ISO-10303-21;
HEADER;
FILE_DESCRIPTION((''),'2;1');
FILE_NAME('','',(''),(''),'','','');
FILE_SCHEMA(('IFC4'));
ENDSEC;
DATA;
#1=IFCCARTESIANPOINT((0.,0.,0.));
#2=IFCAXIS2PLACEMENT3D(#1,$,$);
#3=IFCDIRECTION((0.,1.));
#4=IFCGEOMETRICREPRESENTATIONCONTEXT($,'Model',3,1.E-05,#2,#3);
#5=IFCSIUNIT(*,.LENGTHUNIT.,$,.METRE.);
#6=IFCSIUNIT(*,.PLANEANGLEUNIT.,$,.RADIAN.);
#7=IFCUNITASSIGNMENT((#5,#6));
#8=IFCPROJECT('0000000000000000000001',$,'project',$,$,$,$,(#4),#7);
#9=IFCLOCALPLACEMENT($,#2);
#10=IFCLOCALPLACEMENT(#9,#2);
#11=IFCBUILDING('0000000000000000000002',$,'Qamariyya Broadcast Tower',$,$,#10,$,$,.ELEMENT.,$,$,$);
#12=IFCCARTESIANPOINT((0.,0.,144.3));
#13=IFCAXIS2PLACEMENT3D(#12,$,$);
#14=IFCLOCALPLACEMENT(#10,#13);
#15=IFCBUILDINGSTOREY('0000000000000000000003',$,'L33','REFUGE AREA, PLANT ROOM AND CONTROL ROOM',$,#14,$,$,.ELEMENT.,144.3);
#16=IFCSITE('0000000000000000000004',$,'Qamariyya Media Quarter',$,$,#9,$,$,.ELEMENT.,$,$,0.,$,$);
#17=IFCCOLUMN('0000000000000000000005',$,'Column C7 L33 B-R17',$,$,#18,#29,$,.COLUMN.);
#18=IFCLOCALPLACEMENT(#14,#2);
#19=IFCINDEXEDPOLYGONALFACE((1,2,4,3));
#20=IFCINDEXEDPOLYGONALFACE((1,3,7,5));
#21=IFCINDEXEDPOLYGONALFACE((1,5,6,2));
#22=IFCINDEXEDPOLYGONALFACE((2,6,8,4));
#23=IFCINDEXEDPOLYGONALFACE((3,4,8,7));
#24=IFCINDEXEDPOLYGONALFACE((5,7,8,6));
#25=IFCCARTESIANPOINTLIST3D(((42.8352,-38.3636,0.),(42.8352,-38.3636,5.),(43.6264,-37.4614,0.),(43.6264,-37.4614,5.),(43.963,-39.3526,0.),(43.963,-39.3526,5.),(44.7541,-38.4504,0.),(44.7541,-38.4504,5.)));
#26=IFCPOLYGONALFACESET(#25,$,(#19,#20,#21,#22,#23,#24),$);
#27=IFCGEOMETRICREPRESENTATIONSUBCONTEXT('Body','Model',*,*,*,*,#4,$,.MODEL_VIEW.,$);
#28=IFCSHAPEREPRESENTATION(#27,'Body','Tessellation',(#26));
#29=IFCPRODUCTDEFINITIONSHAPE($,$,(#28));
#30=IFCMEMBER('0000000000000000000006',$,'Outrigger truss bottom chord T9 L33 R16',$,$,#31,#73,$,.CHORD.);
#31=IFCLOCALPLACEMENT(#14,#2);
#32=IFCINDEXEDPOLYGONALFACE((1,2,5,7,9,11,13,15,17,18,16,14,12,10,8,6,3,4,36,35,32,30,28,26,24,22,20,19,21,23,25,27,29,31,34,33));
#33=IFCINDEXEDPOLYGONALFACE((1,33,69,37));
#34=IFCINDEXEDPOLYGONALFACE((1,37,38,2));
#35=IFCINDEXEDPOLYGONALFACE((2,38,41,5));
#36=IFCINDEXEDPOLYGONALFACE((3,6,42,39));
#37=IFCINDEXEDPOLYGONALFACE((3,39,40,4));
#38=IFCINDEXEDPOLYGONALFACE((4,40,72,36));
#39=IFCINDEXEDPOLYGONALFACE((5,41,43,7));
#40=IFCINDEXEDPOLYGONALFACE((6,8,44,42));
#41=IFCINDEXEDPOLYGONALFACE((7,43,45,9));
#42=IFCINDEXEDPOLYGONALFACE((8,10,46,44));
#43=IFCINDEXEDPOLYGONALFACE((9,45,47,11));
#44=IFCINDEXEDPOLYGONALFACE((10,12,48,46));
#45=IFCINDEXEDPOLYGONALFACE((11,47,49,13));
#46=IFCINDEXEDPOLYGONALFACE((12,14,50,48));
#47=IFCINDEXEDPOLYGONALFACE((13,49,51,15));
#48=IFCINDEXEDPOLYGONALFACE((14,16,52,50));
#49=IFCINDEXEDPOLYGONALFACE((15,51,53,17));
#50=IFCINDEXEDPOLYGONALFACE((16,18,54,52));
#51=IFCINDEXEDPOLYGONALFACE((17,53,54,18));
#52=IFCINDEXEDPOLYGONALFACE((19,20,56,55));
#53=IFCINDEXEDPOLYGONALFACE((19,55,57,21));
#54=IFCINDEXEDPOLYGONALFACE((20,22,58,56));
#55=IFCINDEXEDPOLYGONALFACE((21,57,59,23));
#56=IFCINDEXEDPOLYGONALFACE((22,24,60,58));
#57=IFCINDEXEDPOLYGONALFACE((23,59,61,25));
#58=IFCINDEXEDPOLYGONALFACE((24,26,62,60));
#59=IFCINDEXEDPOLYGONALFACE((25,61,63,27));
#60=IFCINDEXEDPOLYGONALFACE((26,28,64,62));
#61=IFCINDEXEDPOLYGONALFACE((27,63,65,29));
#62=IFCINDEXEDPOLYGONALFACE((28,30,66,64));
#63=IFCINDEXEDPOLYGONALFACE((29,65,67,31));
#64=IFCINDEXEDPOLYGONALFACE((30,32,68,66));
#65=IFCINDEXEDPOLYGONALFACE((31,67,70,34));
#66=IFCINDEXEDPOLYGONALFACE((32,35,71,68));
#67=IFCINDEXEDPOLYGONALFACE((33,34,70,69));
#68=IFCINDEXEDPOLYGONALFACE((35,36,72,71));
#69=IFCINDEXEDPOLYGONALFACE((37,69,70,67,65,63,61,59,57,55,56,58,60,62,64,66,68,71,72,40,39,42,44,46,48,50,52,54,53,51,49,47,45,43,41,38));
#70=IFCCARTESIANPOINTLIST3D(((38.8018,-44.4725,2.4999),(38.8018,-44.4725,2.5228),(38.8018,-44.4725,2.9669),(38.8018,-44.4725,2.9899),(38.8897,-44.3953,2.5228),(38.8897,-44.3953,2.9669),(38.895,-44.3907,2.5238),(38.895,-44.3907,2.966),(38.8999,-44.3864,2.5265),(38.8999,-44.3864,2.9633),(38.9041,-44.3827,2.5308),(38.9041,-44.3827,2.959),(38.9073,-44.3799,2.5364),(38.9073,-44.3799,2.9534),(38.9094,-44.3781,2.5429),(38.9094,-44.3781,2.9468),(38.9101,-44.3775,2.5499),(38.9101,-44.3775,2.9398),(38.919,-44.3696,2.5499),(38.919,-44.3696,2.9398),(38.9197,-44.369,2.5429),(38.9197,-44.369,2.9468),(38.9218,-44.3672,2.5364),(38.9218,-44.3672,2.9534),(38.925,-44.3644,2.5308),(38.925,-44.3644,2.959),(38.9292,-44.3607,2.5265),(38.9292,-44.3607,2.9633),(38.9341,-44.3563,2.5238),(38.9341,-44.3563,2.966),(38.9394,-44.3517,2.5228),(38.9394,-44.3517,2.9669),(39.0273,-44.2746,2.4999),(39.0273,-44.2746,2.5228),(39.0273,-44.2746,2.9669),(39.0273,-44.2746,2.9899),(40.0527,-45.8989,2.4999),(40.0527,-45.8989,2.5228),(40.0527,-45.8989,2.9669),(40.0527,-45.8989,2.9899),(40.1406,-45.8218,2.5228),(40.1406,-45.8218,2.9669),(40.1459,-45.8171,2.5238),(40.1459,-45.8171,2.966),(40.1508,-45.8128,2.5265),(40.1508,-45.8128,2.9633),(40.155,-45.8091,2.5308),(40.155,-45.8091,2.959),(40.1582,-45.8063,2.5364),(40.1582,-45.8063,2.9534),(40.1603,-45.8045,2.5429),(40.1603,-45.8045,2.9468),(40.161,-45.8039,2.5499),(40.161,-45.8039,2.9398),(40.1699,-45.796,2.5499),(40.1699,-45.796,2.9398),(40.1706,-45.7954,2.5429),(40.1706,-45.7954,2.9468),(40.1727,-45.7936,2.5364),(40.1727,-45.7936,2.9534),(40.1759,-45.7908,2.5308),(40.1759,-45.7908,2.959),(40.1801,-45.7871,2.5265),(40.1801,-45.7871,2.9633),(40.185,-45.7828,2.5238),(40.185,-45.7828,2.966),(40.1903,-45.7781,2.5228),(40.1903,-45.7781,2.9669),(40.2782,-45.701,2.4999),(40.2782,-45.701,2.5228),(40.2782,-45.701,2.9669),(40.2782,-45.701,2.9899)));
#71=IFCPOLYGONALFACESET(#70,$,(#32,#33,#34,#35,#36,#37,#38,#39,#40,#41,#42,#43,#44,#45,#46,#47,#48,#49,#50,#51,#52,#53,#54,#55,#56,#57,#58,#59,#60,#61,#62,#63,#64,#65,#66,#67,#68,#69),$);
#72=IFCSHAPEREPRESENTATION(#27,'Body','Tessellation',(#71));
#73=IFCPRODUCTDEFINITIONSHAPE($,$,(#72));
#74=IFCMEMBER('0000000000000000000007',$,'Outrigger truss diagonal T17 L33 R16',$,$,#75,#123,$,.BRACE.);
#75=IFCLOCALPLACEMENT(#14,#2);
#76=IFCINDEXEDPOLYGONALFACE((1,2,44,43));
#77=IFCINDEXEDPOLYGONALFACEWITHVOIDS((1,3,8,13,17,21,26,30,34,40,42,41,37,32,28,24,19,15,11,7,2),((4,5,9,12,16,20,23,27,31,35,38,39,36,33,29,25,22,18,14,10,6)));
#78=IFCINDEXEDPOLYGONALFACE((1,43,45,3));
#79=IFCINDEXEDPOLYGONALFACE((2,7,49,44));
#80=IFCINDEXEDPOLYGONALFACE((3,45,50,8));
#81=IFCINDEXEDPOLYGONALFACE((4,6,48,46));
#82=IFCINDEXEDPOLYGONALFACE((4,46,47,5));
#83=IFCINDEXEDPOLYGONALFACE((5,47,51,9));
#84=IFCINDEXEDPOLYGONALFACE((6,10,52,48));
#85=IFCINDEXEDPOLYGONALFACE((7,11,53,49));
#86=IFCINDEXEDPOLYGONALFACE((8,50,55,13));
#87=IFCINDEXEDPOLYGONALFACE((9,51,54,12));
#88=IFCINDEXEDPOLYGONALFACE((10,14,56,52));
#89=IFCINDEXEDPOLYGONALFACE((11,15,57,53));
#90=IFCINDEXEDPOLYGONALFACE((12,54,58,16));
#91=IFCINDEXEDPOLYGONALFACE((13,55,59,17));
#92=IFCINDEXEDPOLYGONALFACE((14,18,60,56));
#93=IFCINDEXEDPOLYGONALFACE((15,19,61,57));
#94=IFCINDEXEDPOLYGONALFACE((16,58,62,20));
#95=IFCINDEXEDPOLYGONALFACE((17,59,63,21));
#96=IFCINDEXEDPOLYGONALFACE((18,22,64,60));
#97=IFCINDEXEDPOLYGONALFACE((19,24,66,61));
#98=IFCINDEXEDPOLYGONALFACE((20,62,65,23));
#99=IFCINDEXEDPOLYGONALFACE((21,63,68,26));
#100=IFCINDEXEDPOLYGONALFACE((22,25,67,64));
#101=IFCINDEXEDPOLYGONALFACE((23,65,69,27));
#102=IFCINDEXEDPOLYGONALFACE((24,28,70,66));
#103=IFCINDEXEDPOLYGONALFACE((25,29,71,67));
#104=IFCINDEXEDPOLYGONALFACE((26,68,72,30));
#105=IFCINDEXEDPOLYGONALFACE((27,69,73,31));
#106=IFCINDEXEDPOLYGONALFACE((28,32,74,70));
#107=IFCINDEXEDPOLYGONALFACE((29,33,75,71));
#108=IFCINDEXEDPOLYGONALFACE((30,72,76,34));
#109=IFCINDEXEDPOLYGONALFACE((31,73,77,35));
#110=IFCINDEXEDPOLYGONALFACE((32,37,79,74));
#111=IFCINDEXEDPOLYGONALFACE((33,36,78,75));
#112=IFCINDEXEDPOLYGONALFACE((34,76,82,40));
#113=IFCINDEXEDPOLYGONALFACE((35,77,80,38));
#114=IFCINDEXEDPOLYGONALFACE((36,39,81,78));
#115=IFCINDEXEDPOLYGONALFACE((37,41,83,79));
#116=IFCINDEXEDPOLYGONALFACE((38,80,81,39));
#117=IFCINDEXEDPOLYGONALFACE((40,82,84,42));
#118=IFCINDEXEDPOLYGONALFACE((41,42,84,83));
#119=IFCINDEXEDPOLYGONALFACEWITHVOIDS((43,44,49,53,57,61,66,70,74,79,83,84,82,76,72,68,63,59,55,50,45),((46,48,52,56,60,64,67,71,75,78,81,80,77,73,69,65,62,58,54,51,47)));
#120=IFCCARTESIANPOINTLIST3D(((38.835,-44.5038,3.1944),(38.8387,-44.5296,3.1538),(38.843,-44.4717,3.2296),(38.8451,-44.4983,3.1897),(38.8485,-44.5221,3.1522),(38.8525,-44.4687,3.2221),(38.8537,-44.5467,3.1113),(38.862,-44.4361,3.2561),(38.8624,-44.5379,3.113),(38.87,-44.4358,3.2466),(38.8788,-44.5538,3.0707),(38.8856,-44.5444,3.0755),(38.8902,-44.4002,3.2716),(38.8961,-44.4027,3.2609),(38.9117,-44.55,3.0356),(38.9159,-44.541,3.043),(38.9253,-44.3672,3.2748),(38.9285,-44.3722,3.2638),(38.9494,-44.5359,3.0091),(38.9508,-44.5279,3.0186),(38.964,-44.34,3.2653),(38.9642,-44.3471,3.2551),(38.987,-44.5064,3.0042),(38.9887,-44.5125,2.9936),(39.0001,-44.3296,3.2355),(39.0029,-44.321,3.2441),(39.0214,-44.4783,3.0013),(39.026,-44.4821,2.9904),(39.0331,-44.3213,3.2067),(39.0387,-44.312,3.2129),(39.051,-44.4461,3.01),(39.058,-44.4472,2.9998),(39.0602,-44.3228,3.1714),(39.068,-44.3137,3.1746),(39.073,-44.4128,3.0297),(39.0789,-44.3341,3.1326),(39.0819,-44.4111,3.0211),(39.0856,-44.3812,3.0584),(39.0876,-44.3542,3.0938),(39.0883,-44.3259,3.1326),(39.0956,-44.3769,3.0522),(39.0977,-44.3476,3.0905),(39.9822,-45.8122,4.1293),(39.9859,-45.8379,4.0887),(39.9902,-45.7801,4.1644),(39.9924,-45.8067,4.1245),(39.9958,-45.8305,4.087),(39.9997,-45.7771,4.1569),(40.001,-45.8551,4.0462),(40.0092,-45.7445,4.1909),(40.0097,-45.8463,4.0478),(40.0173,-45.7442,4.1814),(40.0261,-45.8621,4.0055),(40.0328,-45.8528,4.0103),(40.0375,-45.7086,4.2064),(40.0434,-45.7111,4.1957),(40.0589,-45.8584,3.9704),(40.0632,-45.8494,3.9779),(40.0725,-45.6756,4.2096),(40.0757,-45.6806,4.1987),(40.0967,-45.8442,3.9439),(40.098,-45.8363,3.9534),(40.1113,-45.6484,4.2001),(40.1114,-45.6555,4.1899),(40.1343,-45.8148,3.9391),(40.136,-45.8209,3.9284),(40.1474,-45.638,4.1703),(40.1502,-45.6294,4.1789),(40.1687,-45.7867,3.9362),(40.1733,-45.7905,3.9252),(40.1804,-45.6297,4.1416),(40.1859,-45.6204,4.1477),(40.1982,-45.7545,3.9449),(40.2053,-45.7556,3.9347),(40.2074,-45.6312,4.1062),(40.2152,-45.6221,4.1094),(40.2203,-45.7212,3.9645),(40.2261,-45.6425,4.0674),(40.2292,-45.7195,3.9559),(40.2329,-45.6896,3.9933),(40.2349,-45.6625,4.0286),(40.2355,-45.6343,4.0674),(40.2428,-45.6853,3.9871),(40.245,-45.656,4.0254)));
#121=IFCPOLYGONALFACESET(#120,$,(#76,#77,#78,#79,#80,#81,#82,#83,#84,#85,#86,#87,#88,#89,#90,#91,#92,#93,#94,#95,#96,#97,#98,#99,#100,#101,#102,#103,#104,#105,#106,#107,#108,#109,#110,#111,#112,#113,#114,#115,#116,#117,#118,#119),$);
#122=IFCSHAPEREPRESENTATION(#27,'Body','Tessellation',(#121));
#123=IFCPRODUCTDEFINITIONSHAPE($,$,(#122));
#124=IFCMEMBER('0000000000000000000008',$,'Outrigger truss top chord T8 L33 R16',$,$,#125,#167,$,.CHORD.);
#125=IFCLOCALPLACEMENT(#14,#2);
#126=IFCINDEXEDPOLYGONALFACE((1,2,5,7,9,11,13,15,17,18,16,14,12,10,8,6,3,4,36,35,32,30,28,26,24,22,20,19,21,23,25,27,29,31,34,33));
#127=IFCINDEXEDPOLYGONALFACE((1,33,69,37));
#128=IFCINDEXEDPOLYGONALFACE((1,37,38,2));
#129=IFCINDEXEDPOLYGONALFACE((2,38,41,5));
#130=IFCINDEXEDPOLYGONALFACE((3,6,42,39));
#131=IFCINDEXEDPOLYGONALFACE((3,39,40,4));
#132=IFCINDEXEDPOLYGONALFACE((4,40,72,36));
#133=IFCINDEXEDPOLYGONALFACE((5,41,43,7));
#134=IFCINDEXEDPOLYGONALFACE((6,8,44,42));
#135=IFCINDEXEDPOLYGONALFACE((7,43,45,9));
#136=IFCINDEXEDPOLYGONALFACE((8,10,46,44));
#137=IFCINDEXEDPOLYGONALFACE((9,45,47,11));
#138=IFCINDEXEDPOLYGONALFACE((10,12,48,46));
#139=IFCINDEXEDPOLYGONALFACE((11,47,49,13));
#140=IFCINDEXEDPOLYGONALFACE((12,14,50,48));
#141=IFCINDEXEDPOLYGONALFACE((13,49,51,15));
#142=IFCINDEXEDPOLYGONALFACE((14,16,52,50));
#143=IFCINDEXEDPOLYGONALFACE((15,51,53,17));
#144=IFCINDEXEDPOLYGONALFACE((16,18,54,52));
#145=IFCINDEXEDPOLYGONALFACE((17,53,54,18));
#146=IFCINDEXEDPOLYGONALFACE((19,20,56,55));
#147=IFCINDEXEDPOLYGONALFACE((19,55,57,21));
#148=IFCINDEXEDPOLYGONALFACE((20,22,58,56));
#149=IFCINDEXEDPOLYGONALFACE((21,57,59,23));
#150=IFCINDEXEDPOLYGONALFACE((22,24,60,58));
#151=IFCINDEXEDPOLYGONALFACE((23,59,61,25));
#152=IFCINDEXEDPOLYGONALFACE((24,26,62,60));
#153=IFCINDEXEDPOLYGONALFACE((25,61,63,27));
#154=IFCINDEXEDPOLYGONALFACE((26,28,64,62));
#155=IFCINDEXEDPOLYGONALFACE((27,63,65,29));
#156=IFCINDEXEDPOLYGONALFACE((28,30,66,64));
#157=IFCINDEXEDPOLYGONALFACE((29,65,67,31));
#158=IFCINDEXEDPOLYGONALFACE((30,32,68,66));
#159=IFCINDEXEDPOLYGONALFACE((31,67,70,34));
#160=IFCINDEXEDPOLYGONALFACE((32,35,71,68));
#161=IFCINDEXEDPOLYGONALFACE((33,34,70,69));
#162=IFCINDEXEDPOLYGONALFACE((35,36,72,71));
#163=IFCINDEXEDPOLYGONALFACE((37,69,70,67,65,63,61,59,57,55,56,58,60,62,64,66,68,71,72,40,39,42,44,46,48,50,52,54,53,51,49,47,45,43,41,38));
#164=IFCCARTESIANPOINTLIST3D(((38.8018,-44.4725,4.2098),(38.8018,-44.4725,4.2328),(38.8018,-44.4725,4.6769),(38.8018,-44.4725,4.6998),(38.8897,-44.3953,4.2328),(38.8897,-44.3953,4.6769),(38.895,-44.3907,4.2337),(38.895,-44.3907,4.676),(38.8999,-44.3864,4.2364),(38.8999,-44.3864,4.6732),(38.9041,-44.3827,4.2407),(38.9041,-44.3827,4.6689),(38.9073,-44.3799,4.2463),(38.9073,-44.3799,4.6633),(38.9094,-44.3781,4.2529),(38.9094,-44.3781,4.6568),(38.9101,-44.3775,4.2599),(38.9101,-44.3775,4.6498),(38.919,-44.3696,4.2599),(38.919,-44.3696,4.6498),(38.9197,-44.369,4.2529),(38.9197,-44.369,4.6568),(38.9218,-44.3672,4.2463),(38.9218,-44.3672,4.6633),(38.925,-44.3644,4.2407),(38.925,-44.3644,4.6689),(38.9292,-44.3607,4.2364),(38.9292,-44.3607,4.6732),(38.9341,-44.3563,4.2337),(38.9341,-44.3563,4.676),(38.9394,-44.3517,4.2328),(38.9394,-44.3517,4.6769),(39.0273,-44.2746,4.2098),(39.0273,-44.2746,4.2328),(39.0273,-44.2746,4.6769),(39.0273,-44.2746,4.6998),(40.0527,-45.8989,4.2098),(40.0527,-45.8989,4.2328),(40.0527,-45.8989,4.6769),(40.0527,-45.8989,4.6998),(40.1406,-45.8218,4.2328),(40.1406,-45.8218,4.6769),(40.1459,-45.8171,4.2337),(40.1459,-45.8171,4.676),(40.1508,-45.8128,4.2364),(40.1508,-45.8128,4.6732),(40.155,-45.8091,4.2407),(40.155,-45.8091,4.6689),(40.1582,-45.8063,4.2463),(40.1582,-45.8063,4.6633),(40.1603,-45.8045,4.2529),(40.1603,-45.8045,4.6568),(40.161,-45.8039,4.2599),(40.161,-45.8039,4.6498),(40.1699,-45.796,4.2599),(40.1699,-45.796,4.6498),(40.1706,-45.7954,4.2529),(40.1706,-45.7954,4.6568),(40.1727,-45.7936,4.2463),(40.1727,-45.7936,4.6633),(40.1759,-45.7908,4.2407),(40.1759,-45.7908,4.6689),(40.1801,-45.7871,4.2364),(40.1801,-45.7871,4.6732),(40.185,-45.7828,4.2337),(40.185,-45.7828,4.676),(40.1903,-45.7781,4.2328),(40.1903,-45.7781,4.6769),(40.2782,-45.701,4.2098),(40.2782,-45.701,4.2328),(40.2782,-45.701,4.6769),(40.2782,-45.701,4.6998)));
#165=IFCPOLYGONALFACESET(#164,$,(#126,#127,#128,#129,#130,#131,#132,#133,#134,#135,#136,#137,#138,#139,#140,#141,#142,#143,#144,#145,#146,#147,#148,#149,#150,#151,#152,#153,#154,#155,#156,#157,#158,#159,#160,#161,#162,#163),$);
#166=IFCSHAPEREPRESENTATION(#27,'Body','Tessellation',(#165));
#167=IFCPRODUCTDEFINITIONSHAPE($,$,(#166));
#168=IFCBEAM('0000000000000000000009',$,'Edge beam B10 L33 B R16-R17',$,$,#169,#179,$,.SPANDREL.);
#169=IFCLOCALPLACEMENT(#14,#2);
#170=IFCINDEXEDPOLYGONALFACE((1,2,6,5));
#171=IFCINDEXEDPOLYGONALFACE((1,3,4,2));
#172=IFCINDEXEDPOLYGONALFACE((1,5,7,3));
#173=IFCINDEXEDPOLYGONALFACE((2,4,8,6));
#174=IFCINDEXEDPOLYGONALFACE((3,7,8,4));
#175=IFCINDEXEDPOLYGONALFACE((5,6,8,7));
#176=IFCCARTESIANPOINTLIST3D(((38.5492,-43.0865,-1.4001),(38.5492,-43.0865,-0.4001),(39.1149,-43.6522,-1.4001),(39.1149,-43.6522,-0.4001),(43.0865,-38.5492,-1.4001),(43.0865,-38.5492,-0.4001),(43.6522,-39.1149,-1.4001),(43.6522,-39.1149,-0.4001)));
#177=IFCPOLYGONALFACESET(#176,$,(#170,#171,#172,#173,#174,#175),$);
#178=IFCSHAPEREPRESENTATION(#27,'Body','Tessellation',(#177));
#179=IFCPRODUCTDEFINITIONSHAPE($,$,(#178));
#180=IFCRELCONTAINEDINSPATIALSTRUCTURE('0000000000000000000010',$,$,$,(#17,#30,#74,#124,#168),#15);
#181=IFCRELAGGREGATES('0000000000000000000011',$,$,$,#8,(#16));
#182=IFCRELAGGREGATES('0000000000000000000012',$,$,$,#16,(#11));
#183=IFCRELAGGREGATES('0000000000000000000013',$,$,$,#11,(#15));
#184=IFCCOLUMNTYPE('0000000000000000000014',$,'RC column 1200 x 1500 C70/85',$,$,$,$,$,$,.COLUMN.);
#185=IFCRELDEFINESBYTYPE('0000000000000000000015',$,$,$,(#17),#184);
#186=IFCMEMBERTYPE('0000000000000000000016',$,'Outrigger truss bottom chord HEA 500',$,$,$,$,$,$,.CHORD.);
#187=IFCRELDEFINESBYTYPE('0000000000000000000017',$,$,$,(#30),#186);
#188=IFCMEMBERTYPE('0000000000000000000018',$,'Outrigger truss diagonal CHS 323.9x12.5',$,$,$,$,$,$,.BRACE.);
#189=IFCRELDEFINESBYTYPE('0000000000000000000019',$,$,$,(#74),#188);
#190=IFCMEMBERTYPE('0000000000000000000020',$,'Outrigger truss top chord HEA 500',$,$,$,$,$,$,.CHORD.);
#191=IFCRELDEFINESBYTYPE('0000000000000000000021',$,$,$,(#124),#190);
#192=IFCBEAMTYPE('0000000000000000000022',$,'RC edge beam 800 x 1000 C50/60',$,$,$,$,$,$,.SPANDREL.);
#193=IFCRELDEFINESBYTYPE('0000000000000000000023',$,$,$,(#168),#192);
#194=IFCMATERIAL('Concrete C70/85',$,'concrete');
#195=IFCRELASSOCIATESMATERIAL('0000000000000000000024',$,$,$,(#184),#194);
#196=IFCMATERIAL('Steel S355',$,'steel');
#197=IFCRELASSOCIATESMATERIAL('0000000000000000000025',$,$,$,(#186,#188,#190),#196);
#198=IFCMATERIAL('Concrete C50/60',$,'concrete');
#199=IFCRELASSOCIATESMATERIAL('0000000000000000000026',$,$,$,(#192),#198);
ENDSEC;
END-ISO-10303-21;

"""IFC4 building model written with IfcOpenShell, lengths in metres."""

from ifc_helpers import new_model, si_unit, direction, frame, origin, origin_2d, place, context, subcontext, project, spatial, rectangle, hollow_circle, i_section, extrude, material, material_profile, profile_set, type_object, element, save


model = new_model("IFC4")

# Units and contexts
model_context = context("Model", 3, precision=1e-05, world=origin(), true_north=direction((0.0, 1.0)))
body_context = subcontext(model_context, "Body", "Model", "MODEL_VIEW")
ifc_project = project(units=[si_unit("LENGTHUNIT", "METRE"), si_unit("PLANEANGLEUNIT", "RADIAN")], contexts=[model_context])

# Site, building, storey
site_placement = place(None, origin())
site = spatial("IfcSite", under=ifc_project, at=site_placement, Name="Qamariyya Media Quarter", CompositionType="ELEMENT", RefElevation=0.0)
building_placement = place(site_placement, origin())
building = spatial("IfcBuilding", under=site, at=building_placement, Name="Qamariyya Broadcast Tower", CompositionType="ELEMENT")
storey_placement = place(building_placement, frame((0.0, 0.0, 144.3)))
storey = spatial("IfcBuildingStorey", under=building, at=storey_placement, Name="L33", Description="REFUGE AREA, PLANT ROOM AND CONTROL ROOM", CompositionType="ELEMENT", Elevation=144.3)

# Column
ifc_material_1 = material(Name="Concrete C70/85", Category="concrete")
ifc_material_profile_1 = material_profile(ifc_material_1, rectangle(XDim=1.2, YDim=1.5, at=origin_2d()))
ifc_profile_set_1 = profile_set([ifc_material_profile_1], Name="Concrete C70/85")
column_type = type_object("IfcColumnType", Name="RC column 1200 x 1500 C70/85", PredefinedType="COLUMN", material=ifc_profile_set_1)
column_placement = place(storey_placement, frame((43.7947, -38.407, 0.0), z_axis=(0.0, 0.0, 1.0), x_axis=(0.659346, 0.75184, 0.0)))
element("IfcColumn", 1, at=column_placement, inside=storey, type_object=column_type, Name="Column C7 L33 B-R17", PredefinedType="COLUMN", context=body_context, shape_type="SweptSolid", body=[
    extrude(rectangle(XDim=1.2, YDim=1.5, at=origin_2d()), origin(), (0.0, 0.0, 1.0), 5.0),
])

# Members
ifc_material_2 = material(Name="Steel S355", Category="steel")
ifc_material_profile_2 = material_profile(ifc_material_2, i_section(OverallWidth=0.3, OverallDepth=0.49, WebThickness=0.012, FlangeThickness=0.0229, FilletRadius=0.0271, at=origin_2d()))
ifc_profile_set_2 = profile_set([ifc_material_profile_2], Name="Steel S355")
member_type_1 = type_object("IfcMemberType", Name="Outrigger truss bottom chord HEA 500", PredefinedType="CHORD", material=ifc_profile_set_2)
member_1_placement = place(storey_placement, frame((38.9146, -44.3735, 2.7449), z_axis=(0.659333, -0.751851, 0.0), x_axis=(0.751851, 0.659333, 0.0)))
element("IfcMember", 2, at=member_1_placement, inside=storey, type_object=member_type_1, Name="Outrigger truss bottom chord T9 L33 R16", PredefinedType="CHORD", context=body_context, shape_type="SweptSolid", body=[
    extrude(i_section(OverallWidth=0.3, OverallDepth=0.49, WebThickness=0.012, FlangeThickness=0.0229, FilletRadius=0.0271, at=origin_2d()), origin(), (0.0, 0.0, 1.0), 1.8972),
])
ifc_material_profile_3 = material_profile(ifc_material_2, hollow_circle(Radius=0.1619, WallThickness=0.0125, at=origin_2d()))
ifc_profile_set_3 = profile_set([ifc_material_profile_3], Name="Steel S355")
member_type_2 = type_object("IfcMemberType", Name="Outrigger truss diagonal CHS 323.9x12.5", PredefinedType="BRACE", material=ifc_profile_set_3)
member_2_placement = place(storey_placement, frame((38.9666, -44.4326, 3.1326), z_axis=(0.580785, -0.662359, 0.473255), x_axis=(0.75189, 0.659289, 0.0)))
element("IfcMember", 3, at=member_2_placement, inside=storey, type_object=member_type_2, Name="Outrigger truss diagonal T17 L33 R16", PredefinedType="BRACE", context=body_context, shape_type="SweptSolid", body=[
    extrude(hollow_circle(Radius=0.1619, WallThickness=0.0125, at=origin_2d()), origin(), (0.0, 0.0, 1.0), 1.9753),
])
ifc_material_profile_4 = material_profile(ifc_material_2, i_section(OverallWidth=0.3, OverallDepth=0.49, WebThickness=0.012, FlangeThickness=0.0229, FilletRadius=0.0271, at=origin_2d()))
ifc_profile_set_4 = profile_set([ifc_material_profile_4], Name="Steel S355")
member_type_3 = type_object("IfcMemberType", Name="Outrigger truss top chord HEA 500", PredefinedType="CHORD", material=ifc_profile_set_4)
member_3_placement = place(storey_placement, frame((38.9146, -44.3735, 4.4548), z_axis=(0.659333, -0.751851, 0.0), x_axis=(0.751851, 0.659333, 0.0)))
element("IfcMember", 4, at=member_3_placement, inside=storey, type_object=member_type_3, Name="Outrigger truss top chord T8 L33 R16", PredefinedType="CHORD", context=body_context, shape_type="SweptSolid", body=[
    extrude(i_section(OverallWidth=0.3, OverallDepth=0.49, WebThickness=0.012, FlangeThickness=0.0229, FilletRadius=0.0271, at=origin_2d()), origin(), (0.0, 0.0, 1.0), 1.8972),
])

# Beam
ifc_material_3 = material(Name="Concrete C50/60", Category="concrete")
ifc_material_profile_5 = material_profile(ifc_material_3, rectangle(XDim=0.8, YDim=1.0, at=origin_2d()))
ifc_profile_set_5 = profile_set([ifc_material_profile_5], Name="Concrete C50/60")
beam_type_1 = type_object("IfcBeamType", Name="RC edge beam 800 x 1000 C50/60", PredefinedType="SPANDREL", material=ifc_profile_set_5)
beam_1_placement = place(storey_placement, frame((38.832, -43.3694, -0.9001), z_axis=(0.707107, 0.707107, 0.0), x_axis=(-0.707107, 0.707107, 0.0)))
element("IfcBeam", 5, at=beam_1_placement, inside=storey, type_object=beam_type_1, Name="Edge beam B10 L33 B R16-R17", PredefinedType="SPANDREL", context=body_context, shape_type="SweptSolid", body=[
    extrude(rectangle(XDim=0.8, YDim=1.0, at=origin_2d()), origin(), (0.0, 0.0, 1.0), 6.4167),
])

save(model, "model.ifc")
